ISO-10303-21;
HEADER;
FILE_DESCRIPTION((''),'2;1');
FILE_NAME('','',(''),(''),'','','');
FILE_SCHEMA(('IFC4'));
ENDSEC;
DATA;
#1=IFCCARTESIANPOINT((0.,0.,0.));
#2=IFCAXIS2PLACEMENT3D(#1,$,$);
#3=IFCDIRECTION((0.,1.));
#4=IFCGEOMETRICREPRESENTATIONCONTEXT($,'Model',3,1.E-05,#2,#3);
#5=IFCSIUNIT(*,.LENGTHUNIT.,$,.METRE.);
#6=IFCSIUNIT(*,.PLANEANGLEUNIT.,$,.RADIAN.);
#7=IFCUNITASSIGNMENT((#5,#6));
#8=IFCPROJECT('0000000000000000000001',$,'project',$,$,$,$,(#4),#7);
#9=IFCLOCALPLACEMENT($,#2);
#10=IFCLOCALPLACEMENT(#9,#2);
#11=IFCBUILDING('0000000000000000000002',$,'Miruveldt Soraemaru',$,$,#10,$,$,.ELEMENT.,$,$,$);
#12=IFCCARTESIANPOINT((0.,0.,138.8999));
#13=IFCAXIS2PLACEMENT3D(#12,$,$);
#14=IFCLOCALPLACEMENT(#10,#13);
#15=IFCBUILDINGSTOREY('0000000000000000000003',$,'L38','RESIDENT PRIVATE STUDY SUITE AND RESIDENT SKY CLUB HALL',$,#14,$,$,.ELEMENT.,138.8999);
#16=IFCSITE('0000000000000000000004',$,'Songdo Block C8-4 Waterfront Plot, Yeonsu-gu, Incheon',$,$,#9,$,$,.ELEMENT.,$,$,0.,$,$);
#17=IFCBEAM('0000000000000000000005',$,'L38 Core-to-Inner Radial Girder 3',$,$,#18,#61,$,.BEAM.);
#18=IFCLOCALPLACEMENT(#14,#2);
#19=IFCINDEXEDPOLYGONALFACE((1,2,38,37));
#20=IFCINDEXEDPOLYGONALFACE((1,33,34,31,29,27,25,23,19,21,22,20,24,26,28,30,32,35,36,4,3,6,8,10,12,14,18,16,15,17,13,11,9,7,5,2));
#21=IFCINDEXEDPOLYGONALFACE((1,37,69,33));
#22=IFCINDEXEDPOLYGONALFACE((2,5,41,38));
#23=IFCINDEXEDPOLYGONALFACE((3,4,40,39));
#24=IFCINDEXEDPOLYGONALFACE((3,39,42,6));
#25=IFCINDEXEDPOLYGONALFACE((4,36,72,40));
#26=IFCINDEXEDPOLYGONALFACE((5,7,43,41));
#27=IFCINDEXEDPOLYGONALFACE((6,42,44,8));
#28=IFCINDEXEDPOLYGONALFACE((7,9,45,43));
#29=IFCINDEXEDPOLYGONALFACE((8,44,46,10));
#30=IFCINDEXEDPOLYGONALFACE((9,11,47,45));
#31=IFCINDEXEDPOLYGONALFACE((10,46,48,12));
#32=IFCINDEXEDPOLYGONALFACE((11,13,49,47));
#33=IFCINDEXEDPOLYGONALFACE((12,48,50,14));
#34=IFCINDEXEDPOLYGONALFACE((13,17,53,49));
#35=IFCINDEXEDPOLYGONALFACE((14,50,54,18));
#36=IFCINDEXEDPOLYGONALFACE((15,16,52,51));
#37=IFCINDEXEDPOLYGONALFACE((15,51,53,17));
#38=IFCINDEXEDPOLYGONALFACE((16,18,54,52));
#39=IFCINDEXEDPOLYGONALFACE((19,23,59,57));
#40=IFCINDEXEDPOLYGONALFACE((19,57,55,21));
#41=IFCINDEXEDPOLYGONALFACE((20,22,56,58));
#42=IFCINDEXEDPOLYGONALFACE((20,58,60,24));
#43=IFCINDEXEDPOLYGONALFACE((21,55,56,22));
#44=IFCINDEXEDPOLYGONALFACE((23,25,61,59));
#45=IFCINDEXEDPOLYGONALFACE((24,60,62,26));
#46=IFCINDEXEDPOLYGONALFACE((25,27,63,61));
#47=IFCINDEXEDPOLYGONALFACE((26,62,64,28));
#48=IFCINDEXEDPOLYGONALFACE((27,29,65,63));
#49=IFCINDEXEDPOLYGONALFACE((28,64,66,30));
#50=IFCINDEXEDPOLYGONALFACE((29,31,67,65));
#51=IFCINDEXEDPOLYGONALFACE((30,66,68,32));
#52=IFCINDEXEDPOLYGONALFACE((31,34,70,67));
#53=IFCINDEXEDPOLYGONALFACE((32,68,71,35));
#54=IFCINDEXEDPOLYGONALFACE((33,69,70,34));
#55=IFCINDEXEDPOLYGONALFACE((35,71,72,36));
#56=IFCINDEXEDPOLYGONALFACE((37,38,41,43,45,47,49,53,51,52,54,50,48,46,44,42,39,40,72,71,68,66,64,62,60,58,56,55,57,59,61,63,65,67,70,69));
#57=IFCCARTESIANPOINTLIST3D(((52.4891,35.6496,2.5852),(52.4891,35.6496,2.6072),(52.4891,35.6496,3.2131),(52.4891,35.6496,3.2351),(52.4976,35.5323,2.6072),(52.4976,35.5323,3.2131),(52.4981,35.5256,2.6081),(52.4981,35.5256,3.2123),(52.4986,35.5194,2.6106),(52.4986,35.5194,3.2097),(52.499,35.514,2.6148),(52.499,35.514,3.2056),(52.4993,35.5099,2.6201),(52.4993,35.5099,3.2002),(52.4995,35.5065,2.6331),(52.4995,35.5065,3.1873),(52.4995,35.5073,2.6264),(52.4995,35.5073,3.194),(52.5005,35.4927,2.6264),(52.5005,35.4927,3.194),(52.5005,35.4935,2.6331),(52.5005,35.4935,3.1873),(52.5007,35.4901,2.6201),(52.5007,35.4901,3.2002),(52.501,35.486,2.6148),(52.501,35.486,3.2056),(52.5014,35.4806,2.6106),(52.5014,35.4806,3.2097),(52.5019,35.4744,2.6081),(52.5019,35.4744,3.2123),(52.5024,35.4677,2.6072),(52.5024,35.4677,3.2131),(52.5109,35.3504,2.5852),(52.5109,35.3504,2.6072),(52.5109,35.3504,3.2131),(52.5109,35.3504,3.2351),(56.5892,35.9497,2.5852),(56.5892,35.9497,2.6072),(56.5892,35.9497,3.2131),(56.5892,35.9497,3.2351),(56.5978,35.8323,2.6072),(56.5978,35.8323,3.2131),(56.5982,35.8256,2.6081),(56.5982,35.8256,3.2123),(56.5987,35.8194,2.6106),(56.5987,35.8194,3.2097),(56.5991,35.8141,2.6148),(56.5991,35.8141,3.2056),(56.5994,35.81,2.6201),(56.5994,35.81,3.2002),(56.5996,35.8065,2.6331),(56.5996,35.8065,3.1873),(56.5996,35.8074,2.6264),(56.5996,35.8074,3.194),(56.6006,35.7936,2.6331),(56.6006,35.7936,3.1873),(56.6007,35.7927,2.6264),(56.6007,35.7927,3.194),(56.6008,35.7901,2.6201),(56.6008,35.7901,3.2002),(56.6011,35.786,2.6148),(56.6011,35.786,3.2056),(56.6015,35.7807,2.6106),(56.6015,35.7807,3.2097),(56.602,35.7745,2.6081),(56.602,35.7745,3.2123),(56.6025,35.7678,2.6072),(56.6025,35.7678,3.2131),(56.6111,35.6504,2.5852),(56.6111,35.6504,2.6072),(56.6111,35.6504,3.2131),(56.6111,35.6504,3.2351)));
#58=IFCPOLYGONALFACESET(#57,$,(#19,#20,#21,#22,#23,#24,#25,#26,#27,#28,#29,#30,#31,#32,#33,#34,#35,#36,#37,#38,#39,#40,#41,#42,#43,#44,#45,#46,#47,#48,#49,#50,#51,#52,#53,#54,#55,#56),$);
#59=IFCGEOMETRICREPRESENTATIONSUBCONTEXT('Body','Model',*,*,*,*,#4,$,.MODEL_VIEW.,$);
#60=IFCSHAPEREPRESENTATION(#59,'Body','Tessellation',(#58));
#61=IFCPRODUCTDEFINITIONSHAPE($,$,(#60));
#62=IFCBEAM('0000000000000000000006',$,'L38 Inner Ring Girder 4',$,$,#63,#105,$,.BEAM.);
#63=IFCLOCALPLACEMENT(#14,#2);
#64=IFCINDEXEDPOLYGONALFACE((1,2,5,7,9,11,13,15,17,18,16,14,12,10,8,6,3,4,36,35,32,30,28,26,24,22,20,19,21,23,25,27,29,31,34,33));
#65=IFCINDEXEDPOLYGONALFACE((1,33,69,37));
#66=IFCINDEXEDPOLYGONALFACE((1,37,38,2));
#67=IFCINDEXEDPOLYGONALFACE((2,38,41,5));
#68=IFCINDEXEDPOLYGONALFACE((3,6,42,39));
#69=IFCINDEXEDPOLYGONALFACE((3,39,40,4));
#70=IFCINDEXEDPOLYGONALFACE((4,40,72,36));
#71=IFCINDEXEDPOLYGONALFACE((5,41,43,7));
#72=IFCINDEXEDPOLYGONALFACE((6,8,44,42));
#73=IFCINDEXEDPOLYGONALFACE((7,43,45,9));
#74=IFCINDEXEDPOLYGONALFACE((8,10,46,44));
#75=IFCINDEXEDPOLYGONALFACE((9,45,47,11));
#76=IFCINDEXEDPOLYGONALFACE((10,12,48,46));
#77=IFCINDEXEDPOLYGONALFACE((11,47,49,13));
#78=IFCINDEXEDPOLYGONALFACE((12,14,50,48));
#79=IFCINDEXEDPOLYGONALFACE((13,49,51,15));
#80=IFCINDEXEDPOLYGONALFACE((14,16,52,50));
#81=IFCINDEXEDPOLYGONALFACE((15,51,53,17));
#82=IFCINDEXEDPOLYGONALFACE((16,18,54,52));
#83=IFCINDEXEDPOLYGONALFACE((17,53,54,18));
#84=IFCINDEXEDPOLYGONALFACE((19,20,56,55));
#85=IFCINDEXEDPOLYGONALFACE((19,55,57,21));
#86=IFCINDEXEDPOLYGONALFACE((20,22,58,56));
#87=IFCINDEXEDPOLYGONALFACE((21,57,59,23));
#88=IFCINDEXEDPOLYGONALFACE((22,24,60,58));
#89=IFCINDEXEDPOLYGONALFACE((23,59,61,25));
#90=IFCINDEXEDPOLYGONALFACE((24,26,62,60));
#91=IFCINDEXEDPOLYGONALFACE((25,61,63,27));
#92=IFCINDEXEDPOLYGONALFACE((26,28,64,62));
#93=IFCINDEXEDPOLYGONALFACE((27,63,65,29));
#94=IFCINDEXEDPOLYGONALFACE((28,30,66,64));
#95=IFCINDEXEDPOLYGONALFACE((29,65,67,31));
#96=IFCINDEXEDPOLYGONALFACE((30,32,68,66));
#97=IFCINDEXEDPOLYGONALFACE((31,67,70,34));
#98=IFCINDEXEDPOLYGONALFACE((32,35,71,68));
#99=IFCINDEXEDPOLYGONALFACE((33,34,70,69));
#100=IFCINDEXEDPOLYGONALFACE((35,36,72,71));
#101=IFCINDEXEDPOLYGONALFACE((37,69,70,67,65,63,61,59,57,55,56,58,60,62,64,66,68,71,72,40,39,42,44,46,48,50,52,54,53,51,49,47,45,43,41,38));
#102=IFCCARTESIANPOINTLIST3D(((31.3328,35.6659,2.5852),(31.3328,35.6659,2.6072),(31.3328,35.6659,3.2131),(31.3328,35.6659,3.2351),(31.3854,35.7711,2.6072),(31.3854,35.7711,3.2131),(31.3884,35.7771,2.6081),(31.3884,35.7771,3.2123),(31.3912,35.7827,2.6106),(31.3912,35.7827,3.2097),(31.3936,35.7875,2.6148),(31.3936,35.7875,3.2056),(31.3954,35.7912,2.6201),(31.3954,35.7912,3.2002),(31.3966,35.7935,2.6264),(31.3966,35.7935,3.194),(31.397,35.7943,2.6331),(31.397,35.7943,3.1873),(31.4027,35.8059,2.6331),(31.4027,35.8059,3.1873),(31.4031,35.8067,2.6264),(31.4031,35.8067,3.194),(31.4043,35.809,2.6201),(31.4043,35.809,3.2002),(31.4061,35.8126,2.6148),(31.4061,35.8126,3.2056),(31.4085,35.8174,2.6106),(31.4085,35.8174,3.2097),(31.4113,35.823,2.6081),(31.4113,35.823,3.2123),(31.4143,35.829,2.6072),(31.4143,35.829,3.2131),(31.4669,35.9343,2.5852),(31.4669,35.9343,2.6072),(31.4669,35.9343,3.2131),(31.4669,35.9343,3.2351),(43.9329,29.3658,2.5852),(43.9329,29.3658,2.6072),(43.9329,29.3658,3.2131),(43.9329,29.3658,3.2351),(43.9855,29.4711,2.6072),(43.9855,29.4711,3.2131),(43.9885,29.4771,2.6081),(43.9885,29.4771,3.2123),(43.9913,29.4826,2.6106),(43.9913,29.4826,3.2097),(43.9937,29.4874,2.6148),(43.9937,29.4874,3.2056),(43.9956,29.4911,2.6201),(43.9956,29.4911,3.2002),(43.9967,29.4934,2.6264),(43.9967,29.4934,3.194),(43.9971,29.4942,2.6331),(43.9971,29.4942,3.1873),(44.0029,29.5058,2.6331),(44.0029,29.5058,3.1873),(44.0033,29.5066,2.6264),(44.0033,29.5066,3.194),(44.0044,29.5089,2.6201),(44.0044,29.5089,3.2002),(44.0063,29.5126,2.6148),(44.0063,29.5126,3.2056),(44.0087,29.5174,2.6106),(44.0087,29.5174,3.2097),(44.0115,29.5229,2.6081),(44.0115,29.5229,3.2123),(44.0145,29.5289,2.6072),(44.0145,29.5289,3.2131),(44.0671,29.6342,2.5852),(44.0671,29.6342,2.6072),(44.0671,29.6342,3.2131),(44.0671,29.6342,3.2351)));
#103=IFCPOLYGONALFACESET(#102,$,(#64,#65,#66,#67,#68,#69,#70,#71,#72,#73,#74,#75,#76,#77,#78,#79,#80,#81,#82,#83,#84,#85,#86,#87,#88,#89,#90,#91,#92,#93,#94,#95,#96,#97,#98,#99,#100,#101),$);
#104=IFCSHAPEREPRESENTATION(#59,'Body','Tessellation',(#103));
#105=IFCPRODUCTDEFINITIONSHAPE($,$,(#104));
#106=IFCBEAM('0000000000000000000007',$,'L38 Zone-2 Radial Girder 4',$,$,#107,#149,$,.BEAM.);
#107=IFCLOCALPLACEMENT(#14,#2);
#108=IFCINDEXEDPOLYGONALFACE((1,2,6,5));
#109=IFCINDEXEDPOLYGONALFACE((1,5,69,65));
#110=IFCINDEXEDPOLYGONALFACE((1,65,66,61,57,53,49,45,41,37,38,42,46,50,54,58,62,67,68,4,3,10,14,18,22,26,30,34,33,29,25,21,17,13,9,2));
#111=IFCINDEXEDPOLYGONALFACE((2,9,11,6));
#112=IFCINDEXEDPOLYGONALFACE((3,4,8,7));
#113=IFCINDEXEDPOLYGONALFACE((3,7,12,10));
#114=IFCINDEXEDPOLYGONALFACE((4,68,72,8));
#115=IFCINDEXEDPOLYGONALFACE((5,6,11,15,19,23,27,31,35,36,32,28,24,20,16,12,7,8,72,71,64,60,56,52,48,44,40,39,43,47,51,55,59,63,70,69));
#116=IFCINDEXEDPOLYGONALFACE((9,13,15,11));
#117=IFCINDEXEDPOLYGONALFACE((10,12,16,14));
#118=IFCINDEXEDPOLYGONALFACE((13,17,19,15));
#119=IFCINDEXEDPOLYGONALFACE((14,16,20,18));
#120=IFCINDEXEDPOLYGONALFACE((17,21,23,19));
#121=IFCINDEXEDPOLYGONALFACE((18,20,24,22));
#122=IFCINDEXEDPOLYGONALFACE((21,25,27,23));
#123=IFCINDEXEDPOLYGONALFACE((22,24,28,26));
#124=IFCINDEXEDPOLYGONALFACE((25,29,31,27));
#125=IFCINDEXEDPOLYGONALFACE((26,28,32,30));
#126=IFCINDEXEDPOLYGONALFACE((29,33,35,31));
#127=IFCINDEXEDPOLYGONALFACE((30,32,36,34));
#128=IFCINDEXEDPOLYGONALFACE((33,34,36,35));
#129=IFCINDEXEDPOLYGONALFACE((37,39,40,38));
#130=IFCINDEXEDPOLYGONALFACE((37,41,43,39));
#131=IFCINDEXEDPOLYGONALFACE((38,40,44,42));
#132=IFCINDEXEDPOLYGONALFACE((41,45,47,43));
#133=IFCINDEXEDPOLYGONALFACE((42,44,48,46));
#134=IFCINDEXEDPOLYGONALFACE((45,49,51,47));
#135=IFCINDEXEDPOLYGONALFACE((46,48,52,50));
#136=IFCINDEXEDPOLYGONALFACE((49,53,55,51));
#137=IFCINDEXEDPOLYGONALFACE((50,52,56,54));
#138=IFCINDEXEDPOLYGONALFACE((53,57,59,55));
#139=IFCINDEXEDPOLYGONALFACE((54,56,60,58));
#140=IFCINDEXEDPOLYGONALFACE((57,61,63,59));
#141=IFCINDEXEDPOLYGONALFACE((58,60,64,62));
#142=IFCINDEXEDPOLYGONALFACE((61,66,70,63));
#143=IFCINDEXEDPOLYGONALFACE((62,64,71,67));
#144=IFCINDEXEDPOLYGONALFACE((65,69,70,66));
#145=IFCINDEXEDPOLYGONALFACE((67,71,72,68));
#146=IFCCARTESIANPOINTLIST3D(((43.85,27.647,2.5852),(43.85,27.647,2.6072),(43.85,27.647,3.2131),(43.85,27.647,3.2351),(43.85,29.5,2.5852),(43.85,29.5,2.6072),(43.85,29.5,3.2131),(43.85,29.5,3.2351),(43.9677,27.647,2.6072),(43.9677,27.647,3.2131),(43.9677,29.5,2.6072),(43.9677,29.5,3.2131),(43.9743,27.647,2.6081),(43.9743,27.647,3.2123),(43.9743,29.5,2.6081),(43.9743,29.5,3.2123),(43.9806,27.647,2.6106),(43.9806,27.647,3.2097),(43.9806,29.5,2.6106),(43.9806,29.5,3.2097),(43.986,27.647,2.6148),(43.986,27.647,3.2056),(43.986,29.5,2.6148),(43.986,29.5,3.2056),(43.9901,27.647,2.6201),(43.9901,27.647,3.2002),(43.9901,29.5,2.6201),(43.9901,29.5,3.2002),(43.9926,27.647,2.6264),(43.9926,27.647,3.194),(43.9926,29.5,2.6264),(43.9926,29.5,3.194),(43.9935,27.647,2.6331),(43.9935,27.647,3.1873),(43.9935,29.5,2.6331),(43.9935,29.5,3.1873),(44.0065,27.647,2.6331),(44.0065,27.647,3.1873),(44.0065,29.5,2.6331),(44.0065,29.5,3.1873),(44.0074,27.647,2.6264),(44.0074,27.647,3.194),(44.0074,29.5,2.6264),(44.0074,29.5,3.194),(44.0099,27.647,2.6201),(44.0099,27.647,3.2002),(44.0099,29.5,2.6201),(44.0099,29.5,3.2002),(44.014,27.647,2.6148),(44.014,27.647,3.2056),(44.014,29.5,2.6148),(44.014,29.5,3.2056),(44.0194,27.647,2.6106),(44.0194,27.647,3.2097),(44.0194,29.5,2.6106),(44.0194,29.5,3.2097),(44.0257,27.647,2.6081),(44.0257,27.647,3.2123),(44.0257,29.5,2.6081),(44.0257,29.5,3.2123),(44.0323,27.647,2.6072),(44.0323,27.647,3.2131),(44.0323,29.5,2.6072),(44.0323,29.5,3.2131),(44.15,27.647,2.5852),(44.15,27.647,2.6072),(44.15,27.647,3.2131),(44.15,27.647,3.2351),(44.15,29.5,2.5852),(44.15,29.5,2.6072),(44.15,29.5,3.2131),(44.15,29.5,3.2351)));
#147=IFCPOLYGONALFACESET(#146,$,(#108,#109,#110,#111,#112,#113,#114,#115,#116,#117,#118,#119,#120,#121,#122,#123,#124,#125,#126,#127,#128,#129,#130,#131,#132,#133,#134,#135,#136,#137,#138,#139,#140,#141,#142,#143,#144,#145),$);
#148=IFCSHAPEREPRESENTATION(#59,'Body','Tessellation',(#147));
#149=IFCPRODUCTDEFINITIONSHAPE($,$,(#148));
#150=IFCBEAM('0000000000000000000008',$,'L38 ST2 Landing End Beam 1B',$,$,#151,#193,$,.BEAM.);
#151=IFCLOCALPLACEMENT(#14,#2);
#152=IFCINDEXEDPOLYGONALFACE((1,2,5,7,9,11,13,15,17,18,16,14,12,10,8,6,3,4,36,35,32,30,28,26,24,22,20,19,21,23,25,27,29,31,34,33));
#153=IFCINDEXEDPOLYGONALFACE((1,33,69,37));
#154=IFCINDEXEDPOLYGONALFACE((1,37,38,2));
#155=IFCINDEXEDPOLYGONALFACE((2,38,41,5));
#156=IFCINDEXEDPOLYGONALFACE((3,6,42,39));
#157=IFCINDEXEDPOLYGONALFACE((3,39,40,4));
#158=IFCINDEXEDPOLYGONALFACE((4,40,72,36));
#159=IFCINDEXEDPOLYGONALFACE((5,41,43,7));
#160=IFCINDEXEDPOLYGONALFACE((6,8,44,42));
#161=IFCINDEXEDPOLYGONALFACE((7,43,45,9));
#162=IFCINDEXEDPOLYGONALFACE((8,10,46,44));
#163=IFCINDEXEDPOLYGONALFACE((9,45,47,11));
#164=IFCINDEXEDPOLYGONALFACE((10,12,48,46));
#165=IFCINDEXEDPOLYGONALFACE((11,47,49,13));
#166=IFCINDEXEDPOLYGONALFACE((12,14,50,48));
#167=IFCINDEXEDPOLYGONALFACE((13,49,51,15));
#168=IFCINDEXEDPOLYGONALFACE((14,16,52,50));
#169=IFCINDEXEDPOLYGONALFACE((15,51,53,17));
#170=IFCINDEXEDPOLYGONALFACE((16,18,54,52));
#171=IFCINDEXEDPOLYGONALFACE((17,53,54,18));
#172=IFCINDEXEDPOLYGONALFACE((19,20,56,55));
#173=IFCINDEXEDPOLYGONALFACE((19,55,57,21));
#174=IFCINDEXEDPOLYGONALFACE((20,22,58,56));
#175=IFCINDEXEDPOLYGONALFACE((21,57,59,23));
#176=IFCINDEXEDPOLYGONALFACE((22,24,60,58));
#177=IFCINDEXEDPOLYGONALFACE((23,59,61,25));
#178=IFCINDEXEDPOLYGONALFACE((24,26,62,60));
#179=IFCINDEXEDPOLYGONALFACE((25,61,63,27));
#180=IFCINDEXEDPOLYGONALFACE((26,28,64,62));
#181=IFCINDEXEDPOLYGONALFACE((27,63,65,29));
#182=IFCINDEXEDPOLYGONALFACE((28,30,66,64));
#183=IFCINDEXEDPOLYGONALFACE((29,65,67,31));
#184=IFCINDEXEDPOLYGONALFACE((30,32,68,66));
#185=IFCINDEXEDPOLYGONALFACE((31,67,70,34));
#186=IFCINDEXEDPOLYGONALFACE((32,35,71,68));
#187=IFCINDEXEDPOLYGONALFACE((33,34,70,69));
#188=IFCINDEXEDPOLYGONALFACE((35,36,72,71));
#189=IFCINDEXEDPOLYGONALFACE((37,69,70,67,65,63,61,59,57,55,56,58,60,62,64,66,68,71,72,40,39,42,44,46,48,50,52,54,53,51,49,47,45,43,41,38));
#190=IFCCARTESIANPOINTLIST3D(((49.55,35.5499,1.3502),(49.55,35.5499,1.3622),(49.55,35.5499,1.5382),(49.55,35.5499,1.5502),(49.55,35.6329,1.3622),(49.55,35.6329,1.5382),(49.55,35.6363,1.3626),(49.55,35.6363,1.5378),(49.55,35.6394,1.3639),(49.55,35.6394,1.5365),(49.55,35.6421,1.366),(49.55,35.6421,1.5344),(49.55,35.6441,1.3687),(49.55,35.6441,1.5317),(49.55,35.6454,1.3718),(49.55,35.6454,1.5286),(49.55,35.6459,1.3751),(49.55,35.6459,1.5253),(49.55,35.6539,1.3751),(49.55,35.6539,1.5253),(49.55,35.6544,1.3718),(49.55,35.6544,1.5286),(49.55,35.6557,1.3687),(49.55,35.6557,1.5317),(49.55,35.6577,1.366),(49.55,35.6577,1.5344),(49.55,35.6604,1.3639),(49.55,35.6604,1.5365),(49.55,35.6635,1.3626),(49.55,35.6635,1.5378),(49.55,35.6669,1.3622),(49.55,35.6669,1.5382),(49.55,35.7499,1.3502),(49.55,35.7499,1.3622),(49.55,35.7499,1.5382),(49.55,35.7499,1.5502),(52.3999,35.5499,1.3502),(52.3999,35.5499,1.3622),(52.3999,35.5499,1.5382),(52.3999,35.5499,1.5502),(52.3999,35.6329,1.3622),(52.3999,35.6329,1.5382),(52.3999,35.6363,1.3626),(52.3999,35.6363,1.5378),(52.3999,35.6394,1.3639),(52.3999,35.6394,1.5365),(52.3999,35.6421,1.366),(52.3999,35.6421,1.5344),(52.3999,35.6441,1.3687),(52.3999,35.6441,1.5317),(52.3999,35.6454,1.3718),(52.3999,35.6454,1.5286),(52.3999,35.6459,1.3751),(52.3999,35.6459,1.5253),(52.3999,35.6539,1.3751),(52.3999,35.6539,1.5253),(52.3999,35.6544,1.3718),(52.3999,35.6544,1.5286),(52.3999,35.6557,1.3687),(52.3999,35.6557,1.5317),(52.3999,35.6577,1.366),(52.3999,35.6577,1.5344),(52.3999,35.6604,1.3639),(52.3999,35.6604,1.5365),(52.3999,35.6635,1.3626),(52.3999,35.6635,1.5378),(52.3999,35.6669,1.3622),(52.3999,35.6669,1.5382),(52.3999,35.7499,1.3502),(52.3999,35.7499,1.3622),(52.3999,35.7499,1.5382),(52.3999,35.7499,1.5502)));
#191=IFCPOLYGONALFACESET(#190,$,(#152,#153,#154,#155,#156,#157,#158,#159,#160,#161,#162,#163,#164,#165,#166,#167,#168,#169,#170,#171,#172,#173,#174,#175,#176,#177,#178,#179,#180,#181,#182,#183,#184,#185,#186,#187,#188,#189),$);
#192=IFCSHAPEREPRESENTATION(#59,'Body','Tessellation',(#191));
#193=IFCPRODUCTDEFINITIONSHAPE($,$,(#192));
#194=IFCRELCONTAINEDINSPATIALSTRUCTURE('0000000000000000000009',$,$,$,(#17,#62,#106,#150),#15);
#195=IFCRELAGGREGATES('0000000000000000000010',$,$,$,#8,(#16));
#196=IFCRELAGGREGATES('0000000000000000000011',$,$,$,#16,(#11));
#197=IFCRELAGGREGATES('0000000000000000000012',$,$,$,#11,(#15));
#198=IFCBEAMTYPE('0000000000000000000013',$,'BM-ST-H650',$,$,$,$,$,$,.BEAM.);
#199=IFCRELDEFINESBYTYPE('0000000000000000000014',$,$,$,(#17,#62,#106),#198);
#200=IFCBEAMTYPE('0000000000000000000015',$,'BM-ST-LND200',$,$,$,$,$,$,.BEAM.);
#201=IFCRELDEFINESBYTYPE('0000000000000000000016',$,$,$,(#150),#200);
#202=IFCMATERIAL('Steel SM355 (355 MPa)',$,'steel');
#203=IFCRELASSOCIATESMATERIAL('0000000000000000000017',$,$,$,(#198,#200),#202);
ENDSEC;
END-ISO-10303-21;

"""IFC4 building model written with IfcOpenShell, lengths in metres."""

from ifc_helpers import new_model, si_unit, direction, frame, origin, origin_2d, place, context, subcontext, project, spatial, i_section, extrude, material, material_profile, profile_set, type_object, element, save


model = new_model("IFC4")

# Units and contexts
model_context = context("Model", 3, precision=1e-05, world=origin(), true_north=direction((0.0, 1.0)))
body_context = subcontext(model_context, "Body", "Model", "MODEL_VIEW")
ifc_project = project(units=[si_unit("LENGTHUNIT", "METRE"), si_unit("PLANEANGLEUNIT", "RADIAN")], contexts=[model_context])

# Site, building, storey
site_placement = place(None, origin())
site = spatial("IfcSite", under=ifc_project, at=site_placement, Name="Songdo Block C8-4 Waterfront Plot, Yeonsu-gu, Incheon", CompositionType="ELEMENT", RefElevation=0.0)
building_placement = place(site_placement, origin())
building = spatial("IfcBuilding", under=site, at=building_placement, Name="Miruveldt Soraemaru", CompositionType="ELEMENT")
storey_placement = place(building_placement, frame((0.0, 0.0, 138.8999)))
storey = spatial("IfcBuildingStorey", under=building, at=storey_placement, Name="L38", Description="RESIDENT PRIVATE STUDY SUITE AND RESIDENT SKY CLUB HALL", CompositionType="ELEMENT", Elevation=138.8999)

# Beams
ifc_material_1 = material(Name="Steel SM355 (355 MPa)", Category="steel")
ifc_material_profile_1 = material_profile(ifc_material_1, i_section(OverallWidth=0.3, OverallDepth=0.6499, WebThickness=0.0129, FlangeThickness=0.022, FilletRadius=0.0259, at=origin_2d()), Name="Steel SM355 (355 MPa)", Category="steel")
ifc_profile_set_1 = profile_set([ifc_material_profile_1], Name="Steel SM355 (355 MPa)")
beam_type_1 = type_object("IfcBeamType", Name="BM-ST-H650", PredefinedType="BEAM", material=ifc_profile_set_1)
beam_1_placement = place(storey_placement, frame((52.5, 35.5, 2.9102), z_axis=(0.997333, 0.072986, 0.0), x_axis=(-0.072986, 0.997333, 0.0)))
element("IfcBeam", 1, at=beam_1_placement, inside=storey, type_object=beam_type_1, Name="L38 Core-to-Inner Radial Girder 3", PredefinedType="BEAM", context=body_context, shape_type="SweptSolid", body=[
    extrude(i_section(OverallWidth=0.3, OverallDepth=0.6499, WebThickness=0.0129, FlangeThickness=0.022, FilletRadius=0.0259, at=origin_2d()), origin(), (0.0, 0.0, 1.0), 4.1111),
])
beam_2_placement = place(storey_placement, frame((44.0, 29.5, 2.9102), z_axis=(-0.894427, 0.447214, 0.0), x_axis=(-0.447214, -0.894427, 0.0)))
element("IfcBeam", 2, at=beam_2_placement, inside=storey, type_object=beam_type_1, Name="L38 Inner Ring Girder 4", PredefinedType="BEAM", context=body_context, shape_type="SweptSolid", body=[
    extrude(i_section(OverallWidth=0.3, OverallDepth=0.6499, WebThickness=0.0129, FlangeThickness=0.022, FilletRadius=0.0259, at=origin_2d()), origin(), (0.0, 0.0, 1.0), 14.0874),
])
beam_3_placement = place(storey_placement, frame((44.0, 29.5, 2.9102), z_axis=(0.0, -1.0, 0.0), x_axis=(1.0, 0.0, 0.0)))
element("IfcBeam", 3, at=beam_3_placement, inside=storey, type_object=beam_type_1, Name="L38 Zone-2 Radial Girder 4", PredefinedType="BEAM", context=body_context, shape_type="SweptSolid", body=[
    extrude(i_section(OverallWidth=0.3, OverallDepth=0.6499, WebThickness=0.0129, FlangeThickness=0.022, FilletRadius=0.0259, at=origin_2d()), origin(), (0.0, 0.0, 1.0), 1.853),
])
ifc_material_profile_2 = material_profile(ifc_material_1, i_section(OverallWidth=0.2, OverallDepth=0.2, WebThickness=0.0081, FlangeThickness=0.012, FilletRadius=0.0129, at=origin_2d()), Name="Steel SM355 (355 MPa)", Category="steel")
ifc_profile_set_2 = profile_set([ifc_material_profile_2], Name="Steel SM355 (355 MPa)")
beam_type_2 = type_object("IfcBeamType", Name="BM-ST-LND200", PredefinedType="BEAM", material=ifc_profile_set_2)
beam_4_placement = place(storey_placement, frame((49.55, 35.6499, 1.4502), z_axis=(1.0, 0.0, 0.0), x_axis=(0.0, 1.0, 0.0)))
element("IfcBeam", 4, at=beam_4_placement, inside=storey, type_object=beam_type_2, Name="L38 ST2 Landing End Beam 1B", PredefinedType="BEAM", context=body_context, shape_type="SweptSolid", body=[
    extrude(i_section(OverallWidth=0.2, OverallDepth=0.2, WebThickness=0.0081, FlangeThickness=0.012, FilletRadius=0.0129, at=origin_2d()), origin(), (0.0, 0.0, 1.0), 2.8499),
])

save(model, "model.ifc")
